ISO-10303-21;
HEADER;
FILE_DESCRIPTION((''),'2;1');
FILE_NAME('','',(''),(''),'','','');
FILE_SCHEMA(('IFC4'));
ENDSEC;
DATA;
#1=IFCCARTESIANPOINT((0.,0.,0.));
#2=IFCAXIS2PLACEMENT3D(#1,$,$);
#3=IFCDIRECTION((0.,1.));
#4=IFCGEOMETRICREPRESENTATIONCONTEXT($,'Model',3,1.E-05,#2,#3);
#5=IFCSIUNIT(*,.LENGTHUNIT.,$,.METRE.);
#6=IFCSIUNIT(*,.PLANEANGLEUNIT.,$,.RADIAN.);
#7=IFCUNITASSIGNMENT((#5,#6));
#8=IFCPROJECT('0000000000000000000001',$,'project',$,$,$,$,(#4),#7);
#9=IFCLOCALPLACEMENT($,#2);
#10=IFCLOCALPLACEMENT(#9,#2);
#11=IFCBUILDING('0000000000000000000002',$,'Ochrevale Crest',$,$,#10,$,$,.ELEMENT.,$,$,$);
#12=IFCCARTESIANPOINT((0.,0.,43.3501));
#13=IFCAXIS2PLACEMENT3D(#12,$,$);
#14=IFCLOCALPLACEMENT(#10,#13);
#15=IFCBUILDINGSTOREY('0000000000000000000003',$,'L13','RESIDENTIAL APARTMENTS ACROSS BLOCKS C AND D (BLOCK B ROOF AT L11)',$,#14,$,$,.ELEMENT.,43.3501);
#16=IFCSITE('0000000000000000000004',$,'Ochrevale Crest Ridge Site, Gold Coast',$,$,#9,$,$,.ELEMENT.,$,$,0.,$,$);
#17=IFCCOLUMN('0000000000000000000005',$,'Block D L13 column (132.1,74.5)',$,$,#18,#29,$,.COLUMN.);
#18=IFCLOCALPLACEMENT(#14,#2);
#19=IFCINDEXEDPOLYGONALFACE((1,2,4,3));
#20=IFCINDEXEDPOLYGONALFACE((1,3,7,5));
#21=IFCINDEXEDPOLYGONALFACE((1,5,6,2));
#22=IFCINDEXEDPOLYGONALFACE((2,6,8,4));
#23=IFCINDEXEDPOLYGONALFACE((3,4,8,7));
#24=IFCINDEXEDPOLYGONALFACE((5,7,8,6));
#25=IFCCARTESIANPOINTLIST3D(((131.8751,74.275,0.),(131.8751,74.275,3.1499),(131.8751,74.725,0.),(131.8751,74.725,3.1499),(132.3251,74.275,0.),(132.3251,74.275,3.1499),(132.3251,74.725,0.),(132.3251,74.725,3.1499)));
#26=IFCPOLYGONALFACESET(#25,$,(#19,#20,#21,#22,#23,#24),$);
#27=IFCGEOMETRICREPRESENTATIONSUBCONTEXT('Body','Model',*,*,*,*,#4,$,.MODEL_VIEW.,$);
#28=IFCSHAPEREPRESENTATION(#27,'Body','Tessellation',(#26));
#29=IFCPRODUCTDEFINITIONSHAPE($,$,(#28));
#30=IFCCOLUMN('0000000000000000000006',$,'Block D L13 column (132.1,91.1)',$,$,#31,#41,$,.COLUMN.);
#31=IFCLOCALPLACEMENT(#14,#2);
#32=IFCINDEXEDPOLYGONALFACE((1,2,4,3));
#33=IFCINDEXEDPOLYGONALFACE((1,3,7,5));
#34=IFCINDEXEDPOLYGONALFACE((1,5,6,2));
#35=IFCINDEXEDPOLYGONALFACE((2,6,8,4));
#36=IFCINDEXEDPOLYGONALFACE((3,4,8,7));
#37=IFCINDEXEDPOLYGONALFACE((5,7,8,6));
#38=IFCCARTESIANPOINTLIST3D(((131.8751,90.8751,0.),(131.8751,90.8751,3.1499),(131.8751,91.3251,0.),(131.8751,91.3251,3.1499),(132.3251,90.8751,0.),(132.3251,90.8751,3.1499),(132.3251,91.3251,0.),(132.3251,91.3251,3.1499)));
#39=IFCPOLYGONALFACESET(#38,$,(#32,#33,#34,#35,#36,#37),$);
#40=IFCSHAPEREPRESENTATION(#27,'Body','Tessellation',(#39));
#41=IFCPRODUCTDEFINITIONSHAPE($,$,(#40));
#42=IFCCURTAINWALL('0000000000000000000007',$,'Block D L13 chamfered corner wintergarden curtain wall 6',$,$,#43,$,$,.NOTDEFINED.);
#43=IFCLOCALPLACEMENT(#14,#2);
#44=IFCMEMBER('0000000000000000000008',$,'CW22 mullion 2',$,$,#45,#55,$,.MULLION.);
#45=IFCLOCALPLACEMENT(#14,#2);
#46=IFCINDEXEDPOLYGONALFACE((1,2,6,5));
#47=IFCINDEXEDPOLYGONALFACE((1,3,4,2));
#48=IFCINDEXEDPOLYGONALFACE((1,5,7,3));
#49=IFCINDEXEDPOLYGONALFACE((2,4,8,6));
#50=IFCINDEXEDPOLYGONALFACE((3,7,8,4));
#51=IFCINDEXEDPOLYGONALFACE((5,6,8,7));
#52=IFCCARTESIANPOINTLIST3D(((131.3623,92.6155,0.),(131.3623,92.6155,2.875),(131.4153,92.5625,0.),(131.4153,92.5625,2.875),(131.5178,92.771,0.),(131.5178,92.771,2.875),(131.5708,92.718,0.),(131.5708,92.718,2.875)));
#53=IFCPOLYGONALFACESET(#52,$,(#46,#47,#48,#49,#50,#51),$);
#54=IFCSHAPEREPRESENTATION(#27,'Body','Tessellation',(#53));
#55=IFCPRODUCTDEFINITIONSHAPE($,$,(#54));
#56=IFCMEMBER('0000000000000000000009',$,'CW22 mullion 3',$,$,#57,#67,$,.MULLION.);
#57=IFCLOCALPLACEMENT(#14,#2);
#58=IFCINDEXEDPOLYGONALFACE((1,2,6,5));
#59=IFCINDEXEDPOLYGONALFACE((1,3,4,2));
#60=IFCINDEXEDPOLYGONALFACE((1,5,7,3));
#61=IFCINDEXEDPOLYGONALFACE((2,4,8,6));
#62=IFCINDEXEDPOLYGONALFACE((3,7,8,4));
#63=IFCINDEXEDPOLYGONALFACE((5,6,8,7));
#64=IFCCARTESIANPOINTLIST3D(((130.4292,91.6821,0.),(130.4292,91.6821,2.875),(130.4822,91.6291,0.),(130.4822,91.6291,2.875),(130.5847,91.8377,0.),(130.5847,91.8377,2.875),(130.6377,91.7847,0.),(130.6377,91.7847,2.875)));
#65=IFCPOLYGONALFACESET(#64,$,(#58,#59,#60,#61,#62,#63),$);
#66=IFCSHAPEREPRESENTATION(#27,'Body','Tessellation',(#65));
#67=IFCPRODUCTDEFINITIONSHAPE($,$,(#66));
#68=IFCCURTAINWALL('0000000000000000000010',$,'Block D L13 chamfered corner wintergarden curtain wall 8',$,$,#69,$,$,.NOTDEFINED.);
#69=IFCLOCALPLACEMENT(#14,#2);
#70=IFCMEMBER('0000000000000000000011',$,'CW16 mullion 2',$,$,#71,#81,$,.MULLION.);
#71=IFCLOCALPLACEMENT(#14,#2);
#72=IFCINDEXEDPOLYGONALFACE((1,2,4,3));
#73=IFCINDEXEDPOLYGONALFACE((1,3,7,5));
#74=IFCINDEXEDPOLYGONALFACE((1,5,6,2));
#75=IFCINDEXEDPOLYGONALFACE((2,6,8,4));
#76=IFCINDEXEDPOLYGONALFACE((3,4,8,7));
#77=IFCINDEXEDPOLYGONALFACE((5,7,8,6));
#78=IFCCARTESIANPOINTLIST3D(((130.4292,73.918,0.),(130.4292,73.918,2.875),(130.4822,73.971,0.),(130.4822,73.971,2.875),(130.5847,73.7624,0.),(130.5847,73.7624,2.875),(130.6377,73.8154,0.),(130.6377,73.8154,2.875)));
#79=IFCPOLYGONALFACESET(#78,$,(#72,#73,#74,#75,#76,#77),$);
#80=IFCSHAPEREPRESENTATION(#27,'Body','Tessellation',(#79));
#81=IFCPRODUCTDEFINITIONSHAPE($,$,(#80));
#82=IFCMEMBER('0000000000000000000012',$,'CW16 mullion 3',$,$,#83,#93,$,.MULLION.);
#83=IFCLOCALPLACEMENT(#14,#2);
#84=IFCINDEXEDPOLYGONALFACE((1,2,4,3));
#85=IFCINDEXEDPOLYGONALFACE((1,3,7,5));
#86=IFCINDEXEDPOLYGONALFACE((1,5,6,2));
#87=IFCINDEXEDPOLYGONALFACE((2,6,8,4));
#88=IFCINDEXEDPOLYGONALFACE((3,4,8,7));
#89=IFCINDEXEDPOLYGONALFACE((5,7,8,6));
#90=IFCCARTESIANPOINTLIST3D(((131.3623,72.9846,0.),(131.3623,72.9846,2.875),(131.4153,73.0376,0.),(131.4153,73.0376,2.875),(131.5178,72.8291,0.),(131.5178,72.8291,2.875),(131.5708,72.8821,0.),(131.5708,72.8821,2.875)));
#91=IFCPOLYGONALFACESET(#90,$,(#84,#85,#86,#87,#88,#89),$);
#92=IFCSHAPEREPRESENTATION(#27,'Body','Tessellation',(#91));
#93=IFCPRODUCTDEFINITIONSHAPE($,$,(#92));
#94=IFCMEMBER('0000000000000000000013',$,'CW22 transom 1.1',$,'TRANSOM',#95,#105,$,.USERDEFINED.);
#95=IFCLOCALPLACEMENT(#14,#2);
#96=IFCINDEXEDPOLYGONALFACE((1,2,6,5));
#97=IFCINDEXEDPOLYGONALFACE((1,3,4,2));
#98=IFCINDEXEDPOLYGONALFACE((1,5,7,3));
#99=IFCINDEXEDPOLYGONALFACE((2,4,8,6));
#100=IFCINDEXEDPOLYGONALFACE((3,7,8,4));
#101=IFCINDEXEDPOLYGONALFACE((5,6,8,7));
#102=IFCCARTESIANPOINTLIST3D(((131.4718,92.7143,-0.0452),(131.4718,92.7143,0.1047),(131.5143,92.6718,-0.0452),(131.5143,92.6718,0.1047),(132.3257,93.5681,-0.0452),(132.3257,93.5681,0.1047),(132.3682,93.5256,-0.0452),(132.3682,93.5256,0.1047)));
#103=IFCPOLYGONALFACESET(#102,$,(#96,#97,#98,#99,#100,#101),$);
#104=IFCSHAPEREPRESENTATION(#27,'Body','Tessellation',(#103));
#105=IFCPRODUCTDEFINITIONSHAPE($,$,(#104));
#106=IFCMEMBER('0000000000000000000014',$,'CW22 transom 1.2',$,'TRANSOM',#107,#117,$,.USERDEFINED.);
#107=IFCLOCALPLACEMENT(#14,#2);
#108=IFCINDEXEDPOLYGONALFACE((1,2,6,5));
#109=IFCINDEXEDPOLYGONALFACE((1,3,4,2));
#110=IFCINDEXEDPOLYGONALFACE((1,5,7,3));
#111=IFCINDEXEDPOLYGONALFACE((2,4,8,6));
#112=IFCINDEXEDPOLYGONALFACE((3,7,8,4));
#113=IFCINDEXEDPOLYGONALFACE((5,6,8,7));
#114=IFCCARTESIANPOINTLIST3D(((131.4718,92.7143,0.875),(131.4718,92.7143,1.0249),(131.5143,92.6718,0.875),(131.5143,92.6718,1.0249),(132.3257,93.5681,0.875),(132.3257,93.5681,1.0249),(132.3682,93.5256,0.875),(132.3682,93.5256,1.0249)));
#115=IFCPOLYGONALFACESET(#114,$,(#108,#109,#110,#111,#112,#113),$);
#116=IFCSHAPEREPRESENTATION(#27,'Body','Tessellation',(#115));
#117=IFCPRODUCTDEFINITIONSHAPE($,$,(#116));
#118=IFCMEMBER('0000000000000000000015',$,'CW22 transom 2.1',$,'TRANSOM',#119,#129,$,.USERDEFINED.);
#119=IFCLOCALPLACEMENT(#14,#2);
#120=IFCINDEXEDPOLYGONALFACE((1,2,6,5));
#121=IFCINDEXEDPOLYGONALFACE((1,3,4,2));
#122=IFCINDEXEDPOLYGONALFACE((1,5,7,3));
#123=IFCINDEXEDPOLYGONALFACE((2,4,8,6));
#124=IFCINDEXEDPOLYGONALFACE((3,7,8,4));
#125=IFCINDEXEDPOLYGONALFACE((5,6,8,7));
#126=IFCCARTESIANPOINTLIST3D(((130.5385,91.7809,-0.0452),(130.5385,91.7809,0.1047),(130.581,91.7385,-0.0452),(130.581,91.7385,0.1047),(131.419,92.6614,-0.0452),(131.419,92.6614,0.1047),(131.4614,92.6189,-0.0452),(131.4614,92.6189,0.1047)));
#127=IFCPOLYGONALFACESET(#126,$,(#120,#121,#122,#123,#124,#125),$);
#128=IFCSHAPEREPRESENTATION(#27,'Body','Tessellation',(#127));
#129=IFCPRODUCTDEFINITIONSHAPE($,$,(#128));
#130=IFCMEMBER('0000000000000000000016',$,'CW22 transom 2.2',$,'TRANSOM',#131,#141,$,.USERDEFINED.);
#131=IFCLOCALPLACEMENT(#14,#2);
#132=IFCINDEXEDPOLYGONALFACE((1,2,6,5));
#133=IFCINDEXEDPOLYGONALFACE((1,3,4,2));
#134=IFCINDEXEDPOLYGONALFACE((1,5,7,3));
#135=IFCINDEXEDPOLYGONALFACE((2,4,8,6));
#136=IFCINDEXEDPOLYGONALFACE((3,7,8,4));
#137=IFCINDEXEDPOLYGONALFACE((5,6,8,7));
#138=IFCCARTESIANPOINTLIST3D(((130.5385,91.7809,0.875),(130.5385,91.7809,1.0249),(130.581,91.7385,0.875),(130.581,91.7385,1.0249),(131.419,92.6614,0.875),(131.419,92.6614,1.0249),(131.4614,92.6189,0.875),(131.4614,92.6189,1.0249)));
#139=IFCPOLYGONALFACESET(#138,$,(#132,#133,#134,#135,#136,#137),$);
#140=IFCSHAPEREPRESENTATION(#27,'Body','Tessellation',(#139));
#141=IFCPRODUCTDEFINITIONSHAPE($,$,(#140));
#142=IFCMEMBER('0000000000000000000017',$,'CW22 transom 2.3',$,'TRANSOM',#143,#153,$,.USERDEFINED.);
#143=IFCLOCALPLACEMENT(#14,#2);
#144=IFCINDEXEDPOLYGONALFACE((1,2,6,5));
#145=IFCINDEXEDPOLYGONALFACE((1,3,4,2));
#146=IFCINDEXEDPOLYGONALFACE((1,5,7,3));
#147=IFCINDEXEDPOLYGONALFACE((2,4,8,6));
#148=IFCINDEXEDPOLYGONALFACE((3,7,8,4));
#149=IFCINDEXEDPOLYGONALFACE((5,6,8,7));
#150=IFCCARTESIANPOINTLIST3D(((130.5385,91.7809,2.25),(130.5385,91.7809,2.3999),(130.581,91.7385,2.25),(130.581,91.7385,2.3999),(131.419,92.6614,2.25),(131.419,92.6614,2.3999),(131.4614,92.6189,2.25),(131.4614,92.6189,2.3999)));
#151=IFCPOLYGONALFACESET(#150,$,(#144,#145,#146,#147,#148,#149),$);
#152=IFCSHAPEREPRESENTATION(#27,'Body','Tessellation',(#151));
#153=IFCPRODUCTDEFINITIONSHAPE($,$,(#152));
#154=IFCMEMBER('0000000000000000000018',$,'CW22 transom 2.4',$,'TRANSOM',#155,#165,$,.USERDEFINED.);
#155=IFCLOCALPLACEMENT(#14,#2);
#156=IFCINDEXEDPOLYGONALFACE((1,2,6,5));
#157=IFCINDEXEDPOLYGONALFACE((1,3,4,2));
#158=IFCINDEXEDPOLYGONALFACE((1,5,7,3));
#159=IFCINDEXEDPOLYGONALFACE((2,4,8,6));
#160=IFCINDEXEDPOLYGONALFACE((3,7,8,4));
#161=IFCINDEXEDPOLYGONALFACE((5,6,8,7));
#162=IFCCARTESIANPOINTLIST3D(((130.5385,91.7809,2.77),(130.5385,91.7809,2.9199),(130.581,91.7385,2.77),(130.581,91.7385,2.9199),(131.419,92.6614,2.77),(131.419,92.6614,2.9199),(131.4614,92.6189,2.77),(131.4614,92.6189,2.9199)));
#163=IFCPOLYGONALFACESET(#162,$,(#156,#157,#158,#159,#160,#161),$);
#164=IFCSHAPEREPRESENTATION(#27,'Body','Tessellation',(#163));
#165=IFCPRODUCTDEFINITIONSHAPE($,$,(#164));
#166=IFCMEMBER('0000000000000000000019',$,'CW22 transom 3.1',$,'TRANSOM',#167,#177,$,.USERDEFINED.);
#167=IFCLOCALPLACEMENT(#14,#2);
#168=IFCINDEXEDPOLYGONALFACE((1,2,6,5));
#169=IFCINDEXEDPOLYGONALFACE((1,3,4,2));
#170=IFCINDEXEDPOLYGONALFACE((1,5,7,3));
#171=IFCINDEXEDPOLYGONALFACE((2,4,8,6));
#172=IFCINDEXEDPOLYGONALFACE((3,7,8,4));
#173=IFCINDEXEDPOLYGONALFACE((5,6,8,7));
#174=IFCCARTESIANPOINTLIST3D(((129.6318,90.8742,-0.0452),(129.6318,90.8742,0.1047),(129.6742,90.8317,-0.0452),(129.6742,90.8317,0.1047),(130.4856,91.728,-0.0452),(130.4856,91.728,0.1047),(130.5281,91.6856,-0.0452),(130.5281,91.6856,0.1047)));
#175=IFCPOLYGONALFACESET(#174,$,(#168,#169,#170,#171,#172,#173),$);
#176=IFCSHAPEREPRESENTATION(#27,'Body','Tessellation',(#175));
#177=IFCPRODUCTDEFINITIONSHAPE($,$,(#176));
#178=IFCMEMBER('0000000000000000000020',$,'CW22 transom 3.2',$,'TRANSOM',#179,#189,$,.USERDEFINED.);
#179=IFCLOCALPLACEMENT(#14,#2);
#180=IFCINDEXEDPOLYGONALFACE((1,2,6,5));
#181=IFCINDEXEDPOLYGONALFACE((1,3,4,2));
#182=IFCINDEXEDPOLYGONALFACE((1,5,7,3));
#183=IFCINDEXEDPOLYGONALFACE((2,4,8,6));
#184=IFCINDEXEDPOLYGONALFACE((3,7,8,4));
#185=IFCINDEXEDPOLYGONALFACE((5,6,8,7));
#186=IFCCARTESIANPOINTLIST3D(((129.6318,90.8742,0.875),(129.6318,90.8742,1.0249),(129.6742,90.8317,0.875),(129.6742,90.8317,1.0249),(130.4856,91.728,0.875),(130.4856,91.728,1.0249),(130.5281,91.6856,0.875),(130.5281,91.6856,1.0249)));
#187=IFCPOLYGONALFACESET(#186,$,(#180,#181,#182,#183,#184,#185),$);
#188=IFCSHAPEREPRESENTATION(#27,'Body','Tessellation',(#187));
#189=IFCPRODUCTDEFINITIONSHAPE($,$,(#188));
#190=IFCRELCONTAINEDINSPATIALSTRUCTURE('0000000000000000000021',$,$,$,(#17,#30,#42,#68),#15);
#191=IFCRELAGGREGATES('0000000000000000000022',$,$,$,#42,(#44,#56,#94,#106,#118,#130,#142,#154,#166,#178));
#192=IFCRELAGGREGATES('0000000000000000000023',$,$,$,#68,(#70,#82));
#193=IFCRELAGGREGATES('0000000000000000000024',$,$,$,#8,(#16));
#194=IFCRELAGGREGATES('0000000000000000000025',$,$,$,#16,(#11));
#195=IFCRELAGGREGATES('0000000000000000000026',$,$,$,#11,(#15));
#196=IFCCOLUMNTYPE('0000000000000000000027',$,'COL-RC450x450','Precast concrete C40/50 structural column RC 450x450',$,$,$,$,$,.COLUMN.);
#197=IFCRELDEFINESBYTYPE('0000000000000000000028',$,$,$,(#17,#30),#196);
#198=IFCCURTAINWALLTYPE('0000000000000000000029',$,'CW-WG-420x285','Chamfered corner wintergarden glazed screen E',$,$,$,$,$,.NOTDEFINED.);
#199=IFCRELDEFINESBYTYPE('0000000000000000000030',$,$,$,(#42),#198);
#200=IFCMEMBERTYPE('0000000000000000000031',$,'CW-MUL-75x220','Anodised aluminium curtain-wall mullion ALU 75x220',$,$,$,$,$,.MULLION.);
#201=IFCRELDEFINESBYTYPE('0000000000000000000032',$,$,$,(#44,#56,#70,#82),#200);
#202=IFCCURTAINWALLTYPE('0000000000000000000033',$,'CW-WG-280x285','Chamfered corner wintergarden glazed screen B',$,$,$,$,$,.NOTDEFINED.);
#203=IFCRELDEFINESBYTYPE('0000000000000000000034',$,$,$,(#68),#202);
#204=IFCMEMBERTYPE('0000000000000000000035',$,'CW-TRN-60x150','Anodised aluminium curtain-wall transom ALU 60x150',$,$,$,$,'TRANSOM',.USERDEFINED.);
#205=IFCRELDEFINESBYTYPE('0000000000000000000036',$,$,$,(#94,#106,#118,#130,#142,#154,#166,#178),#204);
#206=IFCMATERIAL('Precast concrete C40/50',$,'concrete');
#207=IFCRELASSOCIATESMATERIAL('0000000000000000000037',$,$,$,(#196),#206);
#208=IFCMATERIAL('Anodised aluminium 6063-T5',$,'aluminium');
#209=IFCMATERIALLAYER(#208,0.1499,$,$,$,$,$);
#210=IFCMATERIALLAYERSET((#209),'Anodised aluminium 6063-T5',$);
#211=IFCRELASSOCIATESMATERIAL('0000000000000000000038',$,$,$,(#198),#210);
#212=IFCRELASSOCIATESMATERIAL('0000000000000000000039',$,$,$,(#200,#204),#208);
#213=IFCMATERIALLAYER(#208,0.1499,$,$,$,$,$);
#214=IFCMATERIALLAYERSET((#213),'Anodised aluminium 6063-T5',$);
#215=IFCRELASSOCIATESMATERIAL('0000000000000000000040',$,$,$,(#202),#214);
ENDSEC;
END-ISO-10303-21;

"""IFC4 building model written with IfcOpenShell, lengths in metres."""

from ifc_helpers import new_model, si_unit, direction, frame, origin, origin_2d, place, context, subcontext, project, spatial, rectangle, extrude, material, layer, layer_set, material_profile, profile_set, type_object, element, aggregate, save


model = new_model("IFC4")

# Units and contexts
model_context = context("Model", 3, precision=1e-05, world=origin(), true_north=direction((0.0, 1.0)))
body_context = subcontext(model_context, "Body", "Model", "MODEL_VIEW")
ifc_project = project(units=[si_unit("LENGTHUNIT", "METRE"), si_unit("PLANEANGLEUNIT", "RADIAN")], contexts=[model_context])

# Site, building, storey
site_placement = place(None, origin())
site = spatial("IfcSite", under=ifc_project, at=site_placement, Name="Ochrevale Crest Ridge Site, Gold Coast", CompositionType="ELEMENT", RefElevation=0.0)
building_placement = place(site_placement, origin())
building = spatial("IfcBuilding", under=site, at=building_placement, Name="Ochrevale Crest", CompositionType="ELEMENT")
storey_placement = place(building_placement, frame((0.0, 0.0, 43.3501)))
storey = spatial("IfcBuildingStorey", under=building, at=storey_placement, Name="L13", Description="RESIDENTIAL APARTMENTS ACROSS BLOCKS C AND D (BLOCK B ROOF AT L11)", CompositionType="ELEMENT", Elevation=43.3501)

# Columns
ifc_material_1 = material(Name="Precast concrete C40/50", Category="concrete")
ifc_material_profile_1 = material_profile(ifc_material_1, rectangle(XDim=0.45, YDim=0.45, at=origin_2d()), Name="RC 450x450")
ifc_profile_set_1 = profile_set([ifc_material_profile_1], Name="Precast concrete C40/50")
column_type = type_object("IfcColumnType", Name="COL-RC450x450", Description="Precast concrete C40/50 structural column RC 450x450", PredefinedType="COLUMN", material=ifc_profile_set_1)
for number, where, z_axis, x_axis, name in (
    (1, (132.1001, 74.5, 0.0), (0.0, 0.0, 1.0), (1.0, 0.0, 0.0), "Block D L13 column (132.1,74.5)"),
    (2, (132.1001, 91.1001, 0.0), (0.0, 0.0, 1.0), (1.0, 0.0, 0.0), "Block D L13 column (132.1,91.1)"),
):
    element("IfcColumn", number, at=place(storey_placement, frame(where, z_axis=z_axis, x_axis=x_axis)), inside=storey, type_object=column_type, Name=name, PredefinedType="COLUMN", context=body_context, shape_type="SweptSolid", body=[
        extrude(rectangle(XDim=0.45, YDim=0.45, at=origin_2d()), origin(), (0.0, 0.0, 1.0), 3.1499),
    ])

# Curtain walls, members
ifc_material_2 = material(Name="Anodised aluminium 6063-T5", Category="aluminium")
ifc_layer_1 = layer(ifc_material_2, 0.1499)
ifc_layer_set_1 = layer_set([ifc_layer_1], Name="Anodised aluminium 6063-T5")
curtain_wall_type_1 = type_object("IfcCurtainWallType", Name="CW-WG-420x285", Description="Chamfered corner wintergarden glazed screen E", PredefinedType="NOTDEFINED", material=ifc_layer_set_1)
curtain_wall_1_placement = place(storey_placement, origin())
curtain_wall_1 = element("IfcCurtainWall", 3, at=curtain_wall_1_placement, inside=storey, type_object=curtain_wall_type_1, Name="Block D L13 chamfered corner wintergarden curtain wall 6", PredefinedType="NOTDEFINED")
ifc_material_profile_2 = material_profile(ifc_material_2, rectangle(XDim=0.075, YDim=0.22, at=origin_2d()), Name="ALU 75x220")
ifc_profile_set_2 = profile_set([ifc_material_profile_2], Name="Anodised aluminium 6063-T5")
member_type_1 = type_object("IfcMemberType", Name="CW-MUL-75x220", Description="Anodised aluminium curtain-wall mullion ALU 75x220", PredefinedType="MULLION", material=ifc_profile_set_2)
member_1_placement = place(storey_placement, frame((131.4666, 92.6667, 0.0), z_axis=(0.0, 0.0, 1.0), x_axis=(0.707107, -0.707107, 0.0)))
member_1 = element("IfcMember", 4, at=member_1_placement, type_object=member_type_1, Name="CW22 mullion 2", PredefinedType="MULLION", context=body_context, shape_type="SweptSolid", body=[
    extrude(rectangle(XDim=0.075, YDim=0.22, at=origin_2d()), origin(), (0.0, 0.0, 1.0), 2.875),
])
member_2_placement = place(storey_placement, frame((130.5334, 91.7334, 0.0), z_axis=(0.0, 0.0, 1.0), x_axis=(0.707107, -0.707107, 0.0)))
member_2 = element("IfcMember", 5, at=member_2_placement, type_object=member_type_1, Name="CW22 mullion 3", PredefinedType="MULLION", context=body_context, shape_type="SweptSolid", body=[
    extrude(rectangle(XDim=0.075, YDim=0.22, at=origin_2d()), origin(), (0.0, 0.0, 1.0), 2.875),
])
ifc_layer_2 = layer(ifc_material_2, 0.1499)
ifc_layer_set_2 = layer_set([ifc_layer_2], Name="Anodised aluminium 6063-T5")
curtain_wall_type_2 = type_object("IfcCurtainWallType", Name="CW-WG-280x285", Description="Chamfered corner wintergarden glazed screen B", PredefinedType="NOTDEFINED", material=ifc_layer_set_2)
curtain_wall_2_placement = place(storey_placement, origin())
curtain_wall_2 = element("IfcCurtainWall", 6, at=curtain_wall_2_placement, inside=storey, type_object=curtain_wall_type_2, Name="Block D L13 chamfered corner wintergarden curtain wall 8", PredefinedType="NOTDEFINED")
member_3_placement = place(storey_placement, frame((130.5334, 73.8667, 0.0), z_axis=(0.0, 0.0, 1.0), x_axis=(0.707107, 0.707107, 0.0)))
member_3 = element("IfcMember", 7, at=member_3_placement, type_object=member_type_1, Name="CW16 mullion 2", PredefinedType="MULLION", context=body_context, shape_type="SweptSolid", body=[
    extrude(rectangle(XDim=0.075, YDim=0.22, at=origin_2d()), origin(), (0.0, 0.0, 1.0), 2.875),
])
member_4_placement = place(storey_placement, frame((131.4666, 72.9333, 0.0), z_axis=(0.0, 0.0, 1.0), x_axis=(0.707107, 0.707107, 0.0)))
member_4 = element("IfcMember", 8, at=member_4_placement, type_object=member_type_1, Name="CW16 mullion 3", PredefinedType="MULLION", context=body_context, shape_type="SweptSolid", body=[
    extrude(rectangle(XDim=0.075, YDim=0.22, at=origin_2d()), origin(), (0.0, 0.0, 1.0), 2.875),
])

# Members
ifc_material_profile_3 = material_profile(ifc_material_2, rectangle(XDim=0.0601, YDim=0.1499, at=origin_2d()), Name="ALU 60x150")
ifc_profile_set_3 = profile_set([ifc_material_profile_3], Name="Anodised aluminium 6063-T5")
member_type_2 = type_object("IfcMemberType", Name="CW-TRN-60x150", Description="Anodised aluminium curtain-wall transom ALU 60x150", ElementType="TRANSOM", PredefinedType="USERDEFINED", material=ifc_profile_set_3)
member_5_placement = place(storey_placement, frame((132.3469, 93.5469, 0.0298), z_axis=(-0.707107, -0.707107, 0.0), x_axis=(0.707107, -0.707107, 0.0)))
member_5 = element("IfcMember", 9, at=member_5_placement, type_object=member_type_2, Name="CW22 transom 1.1", ObjectType="TRANSOM", PredefinedType="USERDEFINED", context=body_context, shape_type="SweptSolid", body=[
    extrude(rectangle(XDim=0.0601, YDim=0.1499, at=origin_2d()), origin(), (0.0, 0.0, 1.0), 1.2075),
])
member_6_placement = place(storey_placement, frame((132.3469, 93.5469, 0.95), z_axis=(-0.707107, -0.707107, 0.0), x_axis=(0.707107, -0.707107, 0.0)))
member_6 = element("IfcMember", 10, at=member_6_placement, type_object=member_type_2, Name="CW22 transom 1.2", ObjectType="TRANSOM", PredefinedType="USERDEFINED", context=body_context, shape_type="SweptSolid", body=[
    extrude(rectangle(XDim=0.0601, YDim=0.1499, at=origin_2d()), origin(), (0.0, 0.0, 1.0), 1.2075),
])
member_7_placement = place(storey_placement, frame((131.4402, 92.6401, 0.0298), z_axis=(-0.707107, -0.707107, 0.0), x_axis=(0.707107, -0.707107, 0.0)))
member_7 = element("IfcMember", 11, at=member_7_placement, type_object=member_type_2, Name="CW22 transom 2.1", ObjectType="TRANSOM", PredefinedType="USERDEFINED", context=body_context, shape_type="SweptSolid", body=[
    extrude(rectangle(XDim=0.0601, YDim=0.1499, at=origin_2d()), origin(), (0.0, 0.0, 1.0), 1.2451),
])
member_8_placement = place(storey_placement, frame((131.4402, 92.6401, 0.95), z_axis=(-0.707107, -0.707107, 0.0), x_axis=(0.707107, -0.707107, 0.0)))
member_8 = element("IfcMember", 12, at=member_8_placement, type_object=member_type_2, Name="CW22 transom 2.2", ObjectType="TRANSOM", PredefinedType="USERDEFINED", context=body_context, shape_type="SweptSolid", body=[
    extrude(rectangle(XDim=0.0601, YDim=0.1499, at=origin_2d()), origin(), (0.0, 0.0, 1.0), 1.2451),
])
member_9_placement = place(storey_placement, frame((131.4402, 92.6401, 2.325), z_axis=(-0.707107, -0.707107, 0.0), x_axis=(0.707107, -0.707107, 0.0)))
member_9 = element("IfcMember", 13, at=member_9_placement, type_object=member_type_2, Name="CW22 transom 2.3", ObjectType="TRANSOM", PredefinedType="USERDEFINED", context=body_context, shape_type="SweptSolid", body=[
    extrude(rectangle(XDim=0.0601, YDim=0.1499, at=origin_2d()), origin(), (0.0, 0.0, 1.0), 1.2451),
])
member_10_placement = place(storey_placement, frame((131.4402, 92.6401, 2.845), z_axis=(-0.707107, -0.707107, 0.0), x_axis=(0.707107, -0.707107, 0.0)))
member_10 = element("IfcMember", 14, at=member_10_placement, type_object=member_type_2, Name="CW22 transom 2.4", ObjectType="TRANSOM", PredefinedType="USERDEFINED", context=body_context, shape_type="SweptSolid", body=[
    extrude(rectangle(XDim=0.0601, YDim=0.1499, at=origin_2d()), origin(), (0.0, 0.0, 1.0), 1.2451),
])
member_11_placement = place(storey_placement, frame((130.5068, 91.7068, 0.0298), z_axis=(-0.707107, -0.707107, 0.0), x_axis=(0.707107, -0.707107, 0.0)))
member_11 = element("IfcMember", 15, at=member_11_placement, type_object=member_type_2, Name="CW22 transom 3.1", ObjectType="TRANSOM", PredefinedType="USERDEFINED", context=body_context, shape_type="SweptSolid", body=[
    extrude(rectangle(XDim=0.0601, YDim=0.1499, at=origin_2d()), origin(), (0.0, 0.0, 1.0), 1.2075),
])
member_12_placement = place(storey_placement, frame((130.5068, 91.7068, 0.95), z_axis=(-0.707107, -0.707107, 0.0), x_axis=(0.707107, -0.707107, 0.0)))
member_12 = element("IfcMember", 16, at=member_12_placement, type_object=member_type_2, Name="CW22 transom 3.2", ObjectType="TRANSOM", PredefinedType="USERDEFINED", context=body_context, shape_type="SweptSolid", body=[
    extrude(rectangle(XDim=0.0601, YDim=0.1499, at=origin_2d()), origin(), (0.0, 0.0, 1.0), 1.2075),
])

aggregate(curtain_wall_1, [member_1, member_2, member_5, member_6, member_7, member_8, member_9, member_10, member_11, member_12])
aggregate(curtain_wall_2, [member_3, member_4])

save(model, "model.ifc")
